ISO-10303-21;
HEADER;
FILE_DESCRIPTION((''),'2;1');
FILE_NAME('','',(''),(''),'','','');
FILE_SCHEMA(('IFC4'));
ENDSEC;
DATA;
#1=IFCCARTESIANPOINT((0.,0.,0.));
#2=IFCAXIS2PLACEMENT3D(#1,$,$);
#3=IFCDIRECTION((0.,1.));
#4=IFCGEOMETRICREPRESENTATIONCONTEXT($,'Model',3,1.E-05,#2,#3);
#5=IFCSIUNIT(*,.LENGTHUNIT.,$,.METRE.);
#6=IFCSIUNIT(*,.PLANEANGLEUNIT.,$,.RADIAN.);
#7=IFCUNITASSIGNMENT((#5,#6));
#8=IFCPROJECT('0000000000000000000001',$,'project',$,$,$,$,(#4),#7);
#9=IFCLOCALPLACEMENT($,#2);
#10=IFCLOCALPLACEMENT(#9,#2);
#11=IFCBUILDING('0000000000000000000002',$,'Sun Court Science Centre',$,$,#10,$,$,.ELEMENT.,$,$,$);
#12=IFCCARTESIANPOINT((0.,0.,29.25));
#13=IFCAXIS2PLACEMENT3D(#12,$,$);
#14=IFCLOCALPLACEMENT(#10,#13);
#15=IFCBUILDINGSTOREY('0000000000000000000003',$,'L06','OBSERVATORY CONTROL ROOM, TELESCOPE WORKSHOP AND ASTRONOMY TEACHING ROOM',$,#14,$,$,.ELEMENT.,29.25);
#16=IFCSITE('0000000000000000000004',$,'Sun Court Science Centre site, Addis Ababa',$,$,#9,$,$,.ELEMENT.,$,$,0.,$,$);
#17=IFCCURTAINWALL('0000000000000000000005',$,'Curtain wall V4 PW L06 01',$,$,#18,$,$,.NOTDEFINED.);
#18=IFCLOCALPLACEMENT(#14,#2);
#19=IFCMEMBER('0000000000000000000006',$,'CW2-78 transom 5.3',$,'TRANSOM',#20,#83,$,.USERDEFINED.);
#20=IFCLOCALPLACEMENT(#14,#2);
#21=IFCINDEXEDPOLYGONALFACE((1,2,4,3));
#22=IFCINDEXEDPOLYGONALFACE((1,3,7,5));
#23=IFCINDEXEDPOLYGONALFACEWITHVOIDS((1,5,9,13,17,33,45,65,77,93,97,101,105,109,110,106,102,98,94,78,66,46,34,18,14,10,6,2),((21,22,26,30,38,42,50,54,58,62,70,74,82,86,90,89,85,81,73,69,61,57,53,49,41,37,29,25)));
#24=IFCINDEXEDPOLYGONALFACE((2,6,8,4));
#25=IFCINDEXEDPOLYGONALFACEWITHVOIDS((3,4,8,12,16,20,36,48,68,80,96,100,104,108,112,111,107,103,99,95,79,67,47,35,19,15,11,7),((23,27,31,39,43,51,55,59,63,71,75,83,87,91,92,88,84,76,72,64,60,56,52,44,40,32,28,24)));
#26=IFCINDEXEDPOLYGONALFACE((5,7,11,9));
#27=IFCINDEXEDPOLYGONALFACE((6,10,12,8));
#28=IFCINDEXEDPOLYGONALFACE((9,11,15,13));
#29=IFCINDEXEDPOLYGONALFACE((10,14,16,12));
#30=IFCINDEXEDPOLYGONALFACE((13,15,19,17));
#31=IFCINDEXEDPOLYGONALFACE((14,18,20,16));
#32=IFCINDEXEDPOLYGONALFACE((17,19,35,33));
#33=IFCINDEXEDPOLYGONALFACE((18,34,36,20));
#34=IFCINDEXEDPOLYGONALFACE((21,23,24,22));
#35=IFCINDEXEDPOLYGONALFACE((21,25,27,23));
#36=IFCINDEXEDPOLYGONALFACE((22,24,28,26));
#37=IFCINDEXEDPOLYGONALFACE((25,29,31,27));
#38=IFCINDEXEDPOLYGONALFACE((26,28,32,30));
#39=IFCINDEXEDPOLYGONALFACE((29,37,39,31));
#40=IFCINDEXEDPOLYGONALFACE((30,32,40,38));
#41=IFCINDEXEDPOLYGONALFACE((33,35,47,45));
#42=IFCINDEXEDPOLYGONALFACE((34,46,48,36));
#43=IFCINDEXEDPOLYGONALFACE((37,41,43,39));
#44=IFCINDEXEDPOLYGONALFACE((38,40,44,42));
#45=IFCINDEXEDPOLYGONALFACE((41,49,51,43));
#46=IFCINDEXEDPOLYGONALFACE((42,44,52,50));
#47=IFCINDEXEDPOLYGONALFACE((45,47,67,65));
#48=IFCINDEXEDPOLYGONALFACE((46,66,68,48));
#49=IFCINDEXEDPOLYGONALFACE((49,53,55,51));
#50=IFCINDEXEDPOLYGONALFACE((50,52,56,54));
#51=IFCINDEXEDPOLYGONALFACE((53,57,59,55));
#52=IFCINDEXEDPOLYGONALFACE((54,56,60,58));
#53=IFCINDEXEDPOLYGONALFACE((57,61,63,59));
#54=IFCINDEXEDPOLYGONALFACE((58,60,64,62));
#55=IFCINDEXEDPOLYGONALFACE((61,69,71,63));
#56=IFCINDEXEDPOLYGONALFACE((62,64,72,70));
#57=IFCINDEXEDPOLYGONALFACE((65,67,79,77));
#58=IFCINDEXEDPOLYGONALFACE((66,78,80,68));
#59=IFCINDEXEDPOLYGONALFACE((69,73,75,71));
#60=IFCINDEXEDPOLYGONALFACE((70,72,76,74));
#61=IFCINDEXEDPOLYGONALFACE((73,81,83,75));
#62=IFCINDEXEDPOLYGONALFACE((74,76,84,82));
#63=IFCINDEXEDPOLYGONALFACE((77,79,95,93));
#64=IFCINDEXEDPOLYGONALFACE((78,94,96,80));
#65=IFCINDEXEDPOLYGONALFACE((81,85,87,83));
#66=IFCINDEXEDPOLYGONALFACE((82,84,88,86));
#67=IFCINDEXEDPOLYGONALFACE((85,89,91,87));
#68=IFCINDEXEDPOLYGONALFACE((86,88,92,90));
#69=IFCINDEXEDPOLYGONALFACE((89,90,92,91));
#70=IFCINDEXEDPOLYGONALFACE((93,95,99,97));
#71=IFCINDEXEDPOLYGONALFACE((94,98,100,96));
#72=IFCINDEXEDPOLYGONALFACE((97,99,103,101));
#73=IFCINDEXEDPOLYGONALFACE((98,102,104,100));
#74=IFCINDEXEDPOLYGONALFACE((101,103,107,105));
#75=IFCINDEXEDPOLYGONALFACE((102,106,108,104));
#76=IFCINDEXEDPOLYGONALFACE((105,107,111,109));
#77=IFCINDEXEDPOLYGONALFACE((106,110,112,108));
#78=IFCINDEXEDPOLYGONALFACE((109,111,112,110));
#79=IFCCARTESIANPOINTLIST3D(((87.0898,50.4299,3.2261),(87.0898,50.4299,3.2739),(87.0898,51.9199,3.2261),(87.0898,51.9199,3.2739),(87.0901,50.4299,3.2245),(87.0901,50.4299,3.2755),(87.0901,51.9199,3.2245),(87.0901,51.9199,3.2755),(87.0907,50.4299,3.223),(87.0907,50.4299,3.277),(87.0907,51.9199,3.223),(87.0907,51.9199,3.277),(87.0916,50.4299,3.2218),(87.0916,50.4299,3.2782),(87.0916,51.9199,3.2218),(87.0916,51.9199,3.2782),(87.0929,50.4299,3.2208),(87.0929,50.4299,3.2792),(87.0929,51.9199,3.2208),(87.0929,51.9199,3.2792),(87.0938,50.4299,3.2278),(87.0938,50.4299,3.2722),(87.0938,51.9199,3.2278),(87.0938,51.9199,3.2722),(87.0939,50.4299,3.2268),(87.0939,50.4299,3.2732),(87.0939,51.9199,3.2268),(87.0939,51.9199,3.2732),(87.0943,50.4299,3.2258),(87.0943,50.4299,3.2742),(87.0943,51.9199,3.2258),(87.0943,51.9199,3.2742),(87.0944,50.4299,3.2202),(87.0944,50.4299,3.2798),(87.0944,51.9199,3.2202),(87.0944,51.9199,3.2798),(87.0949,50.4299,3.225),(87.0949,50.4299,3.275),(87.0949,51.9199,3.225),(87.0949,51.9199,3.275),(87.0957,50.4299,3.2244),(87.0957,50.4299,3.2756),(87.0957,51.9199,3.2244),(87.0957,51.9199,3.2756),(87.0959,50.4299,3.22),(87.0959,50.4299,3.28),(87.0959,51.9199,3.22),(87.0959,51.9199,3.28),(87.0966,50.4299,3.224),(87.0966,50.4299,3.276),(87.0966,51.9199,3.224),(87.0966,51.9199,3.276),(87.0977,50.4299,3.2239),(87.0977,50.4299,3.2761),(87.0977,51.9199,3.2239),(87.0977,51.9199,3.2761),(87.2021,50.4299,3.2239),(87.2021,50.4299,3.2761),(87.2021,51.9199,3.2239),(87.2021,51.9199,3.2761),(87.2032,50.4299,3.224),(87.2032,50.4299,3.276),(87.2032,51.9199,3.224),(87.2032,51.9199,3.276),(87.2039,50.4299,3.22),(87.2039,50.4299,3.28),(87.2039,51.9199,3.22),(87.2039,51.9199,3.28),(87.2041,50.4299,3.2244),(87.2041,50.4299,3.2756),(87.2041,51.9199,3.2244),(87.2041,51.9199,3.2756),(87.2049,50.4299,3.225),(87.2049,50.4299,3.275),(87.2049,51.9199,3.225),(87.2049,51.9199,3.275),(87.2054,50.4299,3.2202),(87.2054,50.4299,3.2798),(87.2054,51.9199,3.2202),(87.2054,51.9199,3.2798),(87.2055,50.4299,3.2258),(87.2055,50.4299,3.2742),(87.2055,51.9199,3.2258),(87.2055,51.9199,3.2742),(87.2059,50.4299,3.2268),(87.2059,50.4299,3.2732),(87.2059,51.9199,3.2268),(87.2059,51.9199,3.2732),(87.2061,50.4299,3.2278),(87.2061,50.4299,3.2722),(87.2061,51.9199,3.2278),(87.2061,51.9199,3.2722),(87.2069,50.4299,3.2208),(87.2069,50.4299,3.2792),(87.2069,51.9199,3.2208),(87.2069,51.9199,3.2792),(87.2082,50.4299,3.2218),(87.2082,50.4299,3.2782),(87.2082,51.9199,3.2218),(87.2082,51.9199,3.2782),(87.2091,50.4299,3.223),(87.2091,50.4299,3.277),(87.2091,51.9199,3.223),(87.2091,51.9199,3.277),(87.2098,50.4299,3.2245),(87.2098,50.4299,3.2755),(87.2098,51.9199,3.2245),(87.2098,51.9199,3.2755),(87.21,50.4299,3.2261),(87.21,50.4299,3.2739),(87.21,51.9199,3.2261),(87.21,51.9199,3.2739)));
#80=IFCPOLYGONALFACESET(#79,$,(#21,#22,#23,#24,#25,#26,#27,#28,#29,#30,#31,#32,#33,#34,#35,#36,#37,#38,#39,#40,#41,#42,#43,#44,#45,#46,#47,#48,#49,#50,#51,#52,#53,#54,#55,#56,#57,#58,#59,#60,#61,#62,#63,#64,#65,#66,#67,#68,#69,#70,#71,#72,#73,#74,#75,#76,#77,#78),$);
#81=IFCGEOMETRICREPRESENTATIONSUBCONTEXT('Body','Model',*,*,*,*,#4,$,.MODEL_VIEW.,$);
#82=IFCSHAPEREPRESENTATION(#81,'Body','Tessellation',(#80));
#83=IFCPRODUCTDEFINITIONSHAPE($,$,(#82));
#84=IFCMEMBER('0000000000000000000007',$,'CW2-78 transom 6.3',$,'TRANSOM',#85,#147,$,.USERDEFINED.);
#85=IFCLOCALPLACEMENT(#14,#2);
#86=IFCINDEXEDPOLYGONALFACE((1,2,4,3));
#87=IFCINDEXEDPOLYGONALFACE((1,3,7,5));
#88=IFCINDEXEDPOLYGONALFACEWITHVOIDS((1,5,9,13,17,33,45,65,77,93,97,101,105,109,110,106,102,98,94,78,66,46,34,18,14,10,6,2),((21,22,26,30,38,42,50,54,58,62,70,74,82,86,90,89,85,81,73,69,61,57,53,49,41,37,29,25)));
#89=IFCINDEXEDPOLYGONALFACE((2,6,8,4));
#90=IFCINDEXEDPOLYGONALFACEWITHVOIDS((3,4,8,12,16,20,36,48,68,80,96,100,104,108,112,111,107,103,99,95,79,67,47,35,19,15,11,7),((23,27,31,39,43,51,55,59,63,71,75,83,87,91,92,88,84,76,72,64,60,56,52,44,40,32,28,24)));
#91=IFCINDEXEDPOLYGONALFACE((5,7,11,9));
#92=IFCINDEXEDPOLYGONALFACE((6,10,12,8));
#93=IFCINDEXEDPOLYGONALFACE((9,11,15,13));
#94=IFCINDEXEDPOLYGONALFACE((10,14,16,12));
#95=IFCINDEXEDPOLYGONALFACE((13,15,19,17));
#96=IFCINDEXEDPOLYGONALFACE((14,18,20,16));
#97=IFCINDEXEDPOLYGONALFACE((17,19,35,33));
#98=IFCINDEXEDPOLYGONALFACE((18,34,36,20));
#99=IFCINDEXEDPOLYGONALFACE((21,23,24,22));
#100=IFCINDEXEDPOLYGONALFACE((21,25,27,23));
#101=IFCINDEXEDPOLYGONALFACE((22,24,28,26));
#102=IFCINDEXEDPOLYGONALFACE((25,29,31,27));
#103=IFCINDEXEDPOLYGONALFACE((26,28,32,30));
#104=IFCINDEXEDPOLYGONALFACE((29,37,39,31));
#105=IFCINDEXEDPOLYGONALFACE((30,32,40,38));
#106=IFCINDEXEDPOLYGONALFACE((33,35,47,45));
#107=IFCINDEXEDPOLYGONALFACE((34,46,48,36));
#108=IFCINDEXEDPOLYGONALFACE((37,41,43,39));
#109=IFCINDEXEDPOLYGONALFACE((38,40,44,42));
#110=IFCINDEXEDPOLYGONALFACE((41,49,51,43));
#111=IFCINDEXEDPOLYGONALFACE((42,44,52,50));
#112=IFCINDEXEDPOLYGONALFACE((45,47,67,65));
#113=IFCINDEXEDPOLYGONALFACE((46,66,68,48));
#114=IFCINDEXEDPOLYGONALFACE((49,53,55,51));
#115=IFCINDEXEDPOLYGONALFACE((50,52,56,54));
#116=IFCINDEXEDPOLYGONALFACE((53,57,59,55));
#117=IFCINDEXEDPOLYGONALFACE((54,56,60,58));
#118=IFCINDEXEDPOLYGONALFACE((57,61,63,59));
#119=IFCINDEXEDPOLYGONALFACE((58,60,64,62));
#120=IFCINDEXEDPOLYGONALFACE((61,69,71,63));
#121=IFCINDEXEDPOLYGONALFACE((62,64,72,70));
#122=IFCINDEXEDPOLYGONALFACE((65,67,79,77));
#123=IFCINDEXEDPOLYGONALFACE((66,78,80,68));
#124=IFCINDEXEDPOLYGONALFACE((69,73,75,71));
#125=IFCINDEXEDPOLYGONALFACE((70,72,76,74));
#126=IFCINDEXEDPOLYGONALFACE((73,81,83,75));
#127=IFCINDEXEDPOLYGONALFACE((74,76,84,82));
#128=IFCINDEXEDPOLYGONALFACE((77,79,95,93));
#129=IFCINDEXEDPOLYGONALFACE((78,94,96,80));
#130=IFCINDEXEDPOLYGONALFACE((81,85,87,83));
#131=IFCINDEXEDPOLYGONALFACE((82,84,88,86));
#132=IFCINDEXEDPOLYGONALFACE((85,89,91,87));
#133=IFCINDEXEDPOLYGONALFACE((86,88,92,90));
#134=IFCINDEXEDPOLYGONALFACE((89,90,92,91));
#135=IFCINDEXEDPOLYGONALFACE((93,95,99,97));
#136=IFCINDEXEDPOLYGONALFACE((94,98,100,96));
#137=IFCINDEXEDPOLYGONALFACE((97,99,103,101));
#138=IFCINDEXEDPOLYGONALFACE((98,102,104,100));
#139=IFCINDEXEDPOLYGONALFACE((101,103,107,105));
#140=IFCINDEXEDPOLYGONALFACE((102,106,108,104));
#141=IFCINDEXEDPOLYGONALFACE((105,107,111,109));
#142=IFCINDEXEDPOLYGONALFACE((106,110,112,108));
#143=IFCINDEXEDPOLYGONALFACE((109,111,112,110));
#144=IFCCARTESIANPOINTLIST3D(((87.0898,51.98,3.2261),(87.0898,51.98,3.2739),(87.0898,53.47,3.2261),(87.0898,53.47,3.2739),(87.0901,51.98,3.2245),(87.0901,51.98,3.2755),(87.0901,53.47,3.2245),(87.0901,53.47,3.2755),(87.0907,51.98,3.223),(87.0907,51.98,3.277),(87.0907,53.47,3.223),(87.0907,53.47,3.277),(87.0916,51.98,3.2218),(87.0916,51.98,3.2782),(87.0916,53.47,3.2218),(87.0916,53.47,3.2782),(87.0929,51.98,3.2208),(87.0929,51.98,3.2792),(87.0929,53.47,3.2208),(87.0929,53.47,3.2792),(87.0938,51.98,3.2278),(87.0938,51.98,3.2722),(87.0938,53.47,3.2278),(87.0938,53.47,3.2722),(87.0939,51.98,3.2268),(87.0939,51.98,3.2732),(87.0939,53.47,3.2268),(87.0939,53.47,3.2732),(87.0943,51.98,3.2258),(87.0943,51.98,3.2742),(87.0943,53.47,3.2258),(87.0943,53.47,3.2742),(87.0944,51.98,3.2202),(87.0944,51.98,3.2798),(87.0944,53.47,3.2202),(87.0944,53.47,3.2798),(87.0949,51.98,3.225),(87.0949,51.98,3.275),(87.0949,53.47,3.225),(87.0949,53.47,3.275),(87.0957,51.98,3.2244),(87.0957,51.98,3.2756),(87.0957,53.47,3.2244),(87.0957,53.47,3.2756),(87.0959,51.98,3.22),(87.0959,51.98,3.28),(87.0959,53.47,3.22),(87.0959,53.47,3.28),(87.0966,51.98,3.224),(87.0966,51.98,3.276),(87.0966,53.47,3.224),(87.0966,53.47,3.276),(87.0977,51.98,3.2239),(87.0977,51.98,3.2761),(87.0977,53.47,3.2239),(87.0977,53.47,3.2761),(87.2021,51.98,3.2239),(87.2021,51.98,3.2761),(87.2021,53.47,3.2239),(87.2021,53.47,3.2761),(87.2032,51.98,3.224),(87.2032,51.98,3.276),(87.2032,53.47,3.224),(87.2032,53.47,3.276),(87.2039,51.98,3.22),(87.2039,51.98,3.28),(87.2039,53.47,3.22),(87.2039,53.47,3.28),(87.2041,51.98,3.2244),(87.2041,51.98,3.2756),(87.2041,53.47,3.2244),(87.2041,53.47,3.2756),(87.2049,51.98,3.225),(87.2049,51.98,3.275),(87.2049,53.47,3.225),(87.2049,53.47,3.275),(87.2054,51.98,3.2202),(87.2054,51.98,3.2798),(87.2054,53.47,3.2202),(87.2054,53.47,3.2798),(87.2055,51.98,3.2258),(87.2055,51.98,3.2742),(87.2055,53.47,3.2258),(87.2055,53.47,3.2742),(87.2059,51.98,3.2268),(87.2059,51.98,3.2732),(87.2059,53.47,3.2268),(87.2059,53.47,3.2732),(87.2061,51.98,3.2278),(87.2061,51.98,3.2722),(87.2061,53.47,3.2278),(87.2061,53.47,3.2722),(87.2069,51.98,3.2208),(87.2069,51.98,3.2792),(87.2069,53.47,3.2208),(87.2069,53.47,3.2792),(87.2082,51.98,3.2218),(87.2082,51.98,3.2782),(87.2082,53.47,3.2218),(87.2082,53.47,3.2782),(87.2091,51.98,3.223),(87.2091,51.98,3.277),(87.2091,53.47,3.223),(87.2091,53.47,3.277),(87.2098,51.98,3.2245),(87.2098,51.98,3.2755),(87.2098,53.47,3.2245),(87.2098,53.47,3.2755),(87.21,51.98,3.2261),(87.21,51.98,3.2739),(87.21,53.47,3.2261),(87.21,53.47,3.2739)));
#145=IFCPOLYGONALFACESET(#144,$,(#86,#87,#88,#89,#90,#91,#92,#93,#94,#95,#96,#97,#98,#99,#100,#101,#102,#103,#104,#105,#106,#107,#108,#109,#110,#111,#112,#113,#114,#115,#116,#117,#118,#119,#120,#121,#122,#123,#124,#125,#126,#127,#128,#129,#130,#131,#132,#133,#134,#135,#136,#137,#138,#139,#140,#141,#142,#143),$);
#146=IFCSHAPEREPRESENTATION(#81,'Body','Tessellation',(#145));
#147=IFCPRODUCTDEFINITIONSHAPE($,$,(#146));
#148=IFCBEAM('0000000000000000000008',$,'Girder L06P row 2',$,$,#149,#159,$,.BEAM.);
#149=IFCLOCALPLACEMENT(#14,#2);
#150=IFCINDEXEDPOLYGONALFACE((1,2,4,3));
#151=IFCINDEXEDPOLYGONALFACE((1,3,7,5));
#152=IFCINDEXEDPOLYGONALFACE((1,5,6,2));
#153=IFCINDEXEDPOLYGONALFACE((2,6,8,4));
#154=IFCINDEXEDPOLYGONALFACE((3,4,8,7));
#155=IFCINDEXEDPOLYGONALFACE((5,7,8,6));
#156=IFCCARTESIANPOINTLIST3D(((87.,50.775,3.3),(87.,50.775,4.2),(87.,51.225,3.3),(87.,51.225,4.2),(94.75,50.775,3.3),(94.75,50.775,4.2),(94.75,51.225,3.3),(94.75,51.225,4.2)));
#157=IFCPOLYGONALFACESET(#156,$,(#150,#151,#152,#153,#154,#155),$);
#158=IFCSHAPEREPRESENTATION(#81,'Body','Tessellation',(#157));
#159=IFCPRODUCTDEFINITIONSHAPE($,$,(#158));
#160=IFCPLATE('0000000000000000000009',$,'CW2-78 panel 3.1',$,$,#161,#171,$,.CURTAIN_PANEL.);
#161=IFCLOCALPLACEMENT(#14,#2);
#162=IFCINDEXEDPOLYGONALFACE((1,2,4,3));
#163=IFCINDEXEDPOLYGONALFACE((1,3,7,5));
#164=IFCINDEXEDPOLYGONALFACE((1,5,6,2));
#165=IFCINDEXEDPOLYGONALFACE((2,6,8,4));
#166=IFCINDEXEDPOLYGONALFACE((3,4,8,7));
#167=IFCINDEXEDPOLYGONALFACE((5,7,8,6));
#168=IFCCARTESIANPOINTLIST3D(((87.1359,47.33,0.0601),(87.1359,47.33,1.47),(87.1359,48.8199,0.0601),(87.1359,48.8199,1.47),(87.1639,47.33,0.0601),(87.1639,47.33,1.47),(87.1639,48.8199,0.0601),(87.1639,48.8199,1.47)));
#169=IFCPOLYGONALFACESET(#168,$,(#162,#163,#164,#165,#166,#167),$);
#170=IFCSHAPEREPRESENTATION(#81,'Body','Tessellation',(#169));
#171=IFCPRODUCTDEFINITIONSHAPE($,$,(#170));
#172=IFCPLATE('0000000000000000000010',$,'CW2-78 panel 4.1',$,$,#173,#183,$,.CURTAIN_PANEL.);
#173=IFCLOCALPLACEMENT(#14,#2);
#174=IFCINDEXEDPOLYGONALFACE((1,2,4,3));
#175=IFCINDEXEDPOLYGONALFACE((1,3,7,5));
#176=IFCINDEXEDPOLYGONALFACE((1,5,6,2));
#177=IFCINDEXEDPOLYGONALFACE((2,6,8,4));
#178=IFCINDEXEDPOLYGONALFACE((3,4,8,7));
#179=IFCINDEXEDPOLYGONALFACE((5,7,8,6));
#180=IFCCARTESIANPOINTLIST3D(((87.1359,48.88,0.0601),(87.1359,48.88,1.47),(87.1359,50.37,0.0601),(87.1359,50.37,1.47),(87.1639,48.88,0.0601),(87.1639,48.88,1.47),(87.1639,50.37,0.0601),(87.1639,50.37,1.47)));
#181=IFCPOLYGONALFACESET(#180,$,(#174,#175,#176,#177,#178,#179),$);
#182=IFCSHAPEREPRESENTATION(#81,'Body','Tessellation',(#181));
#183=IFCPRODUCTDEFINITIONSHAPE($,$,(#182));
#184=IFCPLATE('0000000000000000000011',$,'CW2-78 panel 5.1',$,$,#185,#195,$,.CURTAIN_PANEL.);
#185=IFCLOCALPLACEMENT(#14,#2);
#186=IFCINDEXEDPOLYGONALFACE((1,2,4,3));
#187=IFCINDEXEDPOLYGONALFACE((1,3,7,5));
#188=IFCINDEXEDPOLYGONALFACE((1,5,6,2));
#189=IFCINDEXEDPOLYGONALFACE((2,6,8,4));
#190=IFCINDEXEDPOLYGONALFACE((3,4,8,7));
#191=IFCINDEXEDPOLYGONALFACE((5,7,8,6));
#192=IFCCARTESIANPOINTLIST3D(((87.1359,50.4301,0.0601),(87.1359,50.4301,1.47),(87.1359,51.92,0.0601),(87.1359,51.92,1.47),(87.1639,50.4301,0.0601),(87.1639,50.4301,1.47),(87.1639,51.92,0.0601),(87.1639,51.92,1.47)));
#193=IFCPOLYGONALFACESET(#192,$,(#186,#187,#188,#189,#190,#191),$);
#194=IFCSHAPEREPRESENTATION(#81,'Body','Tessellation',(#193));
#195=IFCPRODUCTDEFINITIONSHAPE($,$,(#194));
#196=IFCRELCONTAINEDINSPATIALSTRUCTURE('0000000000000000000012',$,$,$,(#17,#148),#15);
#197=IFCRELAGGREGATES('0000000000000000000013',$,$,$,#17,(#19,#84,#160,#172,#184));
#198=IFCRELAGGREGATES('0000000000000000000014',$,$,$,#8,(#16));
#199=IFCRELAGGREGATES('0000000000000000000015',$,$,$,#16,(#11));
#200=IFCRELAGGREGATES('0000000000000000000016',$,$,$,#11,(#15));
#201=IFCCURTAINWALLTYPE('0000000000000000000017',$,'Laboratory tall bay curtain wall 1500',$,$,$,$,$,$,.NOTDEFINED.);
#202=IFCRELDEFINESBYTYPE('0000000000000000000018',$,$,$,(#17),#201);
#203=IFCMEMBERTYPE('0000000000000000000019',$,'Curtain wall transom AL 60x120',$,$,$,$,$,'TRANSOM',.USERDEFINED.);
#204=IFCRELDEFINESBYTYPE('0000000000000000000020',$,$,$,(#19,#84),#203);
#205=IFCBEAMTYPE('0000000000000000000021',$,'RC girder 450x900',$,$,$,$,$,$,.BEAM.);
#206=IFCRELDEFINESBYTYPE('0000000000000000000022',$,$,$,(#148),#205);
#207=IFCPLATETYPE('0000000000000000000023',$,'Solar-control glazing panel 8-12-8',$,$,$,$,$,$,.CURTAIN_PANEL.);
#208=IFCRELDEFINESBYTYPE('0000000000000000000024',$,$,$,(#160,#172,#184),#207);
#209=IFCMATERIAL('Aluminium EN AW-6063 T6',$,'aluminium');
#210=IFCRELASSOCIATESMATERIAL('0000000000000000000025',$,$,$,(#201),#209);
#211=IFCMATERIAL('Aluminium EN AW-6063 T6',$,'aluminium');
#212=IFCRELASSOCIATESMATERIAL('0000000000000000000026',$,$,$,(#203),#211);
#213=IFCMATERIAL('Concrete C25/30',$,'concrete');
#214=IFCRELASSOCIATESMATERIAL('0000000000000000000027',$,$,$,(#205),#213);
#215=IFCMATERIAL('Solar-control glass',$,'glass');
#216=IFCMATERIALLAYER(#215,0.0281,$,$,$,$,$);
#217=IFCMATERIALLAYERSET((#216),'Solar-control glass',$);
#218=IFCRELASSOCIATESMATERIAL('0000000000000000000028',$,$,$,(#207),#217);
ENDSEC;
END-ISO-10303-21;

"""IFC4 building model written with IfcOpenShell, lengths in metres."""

from ifc_helpers import new_model, si_unit, direction, frame, origin, origin_2d, place, context, subcontext, project, spatial, rectangle, hollow_rectangle, extrude, material, layer, layer_set, material_profile, profile_set, type_object, element, aggregate, save


model = new_model("IFC4")

# Units and contexts
model_context = context("Model", 3, precision=1e-05, world=origin(), true_north=direction((0.0, 1.0)))
body_context = subcontext(model_context, "Body", "Model", "MODEL_VIEW")
ifc_project = project(units=[si_unit("LENGTHUNIT", "METRE"), si_unit("PLANEANGLEUNIT", "RADIAN")], contexts=[model_context])

# Site, building, storey
site_placement = place(None, origin())
site = spatial("IfcSite", under=ifc_project, at=site_placement, Name="Sun Court Science Centre site, Addis Ababa", CompositionType="ELEMENT", RefElevation=0.0)
building_placement = place(site_placement, origin())
building = spatial("IfcBuilding", under=site, at=building_placement, Name="Sun Court Science Centre", CompositionType="ELEMENT")
storey_placement = place(building_placement, frame((0.0, 0.0, 29.25)))
storey = spatial("IfcBuildingStorey", under=building, at=storey_placement, Name="L06", Description="OBSERVATORY CONTROL ROOM, TELESCOPE WORKSHOP AND ASTRONOMY TEACHING ROOM", CompositionType="ELEMENT", Elevation=29.25)

# Curtain wall, members
ifc_material_1 = material(Name="Aluminium EN AW-6063 T6", Category="aluminium")
curtain_wall_type = type_object("IfcCurtainWallType", Name="Laboratory tall bay curtain wall 1500", PredefinedType="NOTDEFINED", material=ifc_material_1)
curtain_wall_placement = place(storey_placement, origin())
curtain_wall = element("IfcCurtainWall", 1, at=curtain_wall_placement, inside=storey, type_object=curtain_wall_type, Name="Curtain wall V4 PW L06 01", PredefinedType="NOTDEFINED")
ifc_material_2 = material(Name="Aluminium EN AW-6063 T6", Category="aluminium")
ifc_material_profile_1 = material_profile(ifc_material_2, hollow_rectangle(XDim=0.0601, YDim=0.1201, WallThickness=0.0039, InnerFilletRadius=0.0039, OuterFilletRadius=0.0061, at=origin_2d()), Name="AL 60x120x4")
ifc_profile_set_1 = profile_set([ifc_material_profile_1], Name="Aluminium EN AW-6063 T6")
member_type_1 = type_object("IfcMemberType", Name="Curtain wall transom AL 60x120", ElementType="TRANSOM", PredefinedType="USERDEFINED", material=ifc_profile_set_1)
member_1_placement = place(storey_placement, frame((87.1499, 50.4299, 3.25), z_axis=(0.0, 1.0, 0.0), x_axis=(0.0, 0.0, 1.0)))
member_1 = element("IfcMember", 2, at=member_1_placement, type_object=member_type_1, Name="CW2-78 transom 5.3", ObjectType="TRANSOM", PredefinedType="USERDEFINED", context=body_context, shape_type="SweptSolid", body=[
    extrude(hollow_rectangle(XDim=0.0601, YDim=0.1201, WallThickness=0.0039, InnerFilletRadius=0.0039, OuterFilletRadius=0.0061, at=origin_2d()), origin(), (0.0, 0.0, 1.0), 1.49),
])
member_2_placement = place(storey_placement, frame((87.1499, 51.98, 3.25), z_axis=(0.0, 1.0, 0.0), x_axis=(0.0, 0.0, 1.0)))
member_2 = element("IfcMember", 3, at=member_2_placement, type_object=member_type_1, Name="CW2-78 transom 6.3", ObjectType="TRANSOM", PredefinedType="USERDEFINED", context=body_context, shape_type="SweptSolid", body=[
    extrude(hollow_rectangle(XDim=0.0601, YDim=0.1201, WallThickness=0.0039, InnerFilletRadius=0.0039, OuterFilletRadius=0.0061, at=origin_2d()), origin(), (0.0, 0.0, 1.0), 1.49),
])

# Beam
ifc_material_3 = material(Name="Concrete C25/30", Category="concrete")
ifc_material_profile_2 = material_profile(ifc_material_3, rectangle(XDim=0.45, YDim=0.8999, at=origin_2d()), Name="RC 450x900")
ifc_profile_set_2 = profile_set([ifc_material_profile_2], Name="Concrete C25/30")
beam_type = type_object("IfcBeamType", Name="RC girder 450x900", PredefinedType="BEAM", material=ifc_profile_set_2)
beam_placement = place(storey_placement, frame((87.0, 51.0, 3.75), z_axis=(1.0, 0.0, 0.0), x_axis=(0.0, 1.0, 0.0)))
element("IfcBeam", 4, at=beam_placement, inside=storey, type_object=beam_type, Name="Girder L06P row 2", PredefinedType="BEAM", context=body_context, shape_type="SweptSolid", body=[
    extrude(rectangle(XDim=0.45, YDim=0.8999, at=origin_2d()), origin(), (0.0, 0.0, 1.0), 7.75),
])

# Plates
ifc_material_4 = material(Name="Solar-control glass", Category="glass")
ifc_layer_1 = layer(ifc_material_4, 0.0281)
ifc_layer_set_1 = layer_set([ifc_layer_1], Name="Solar-control glass")
plate_type = type_object("IfcPlateType", Name="Solar-control glazing panel 8-12-8", PredefinedType="CURTAIN_PANEL", material=ifc_layer_set_1)
plate_1_placement = place(storey_placement, frame((87.1499, 48.075, 0.0601), z_axis=(0.0, 0.0, 1.0), x_axis=(0.0, 1.0, 0.0)))
plate_1 = element("IfcPlate", 5, at=plate_1_placement, type_object=plate_type, Name="CW2-78 panel 3.1", PredefinedType="CURTAIN_PANEL", context=body_context, shape_type="SweptSolid", body=[
    extrude(rectangle(XDim=1.49, YDim=0.0281, at=origin_2d()), origin(), (0.0, 0.0, 1.0), 1.4099),
])
plate_2_placement = place(storey_placement, frame((87.1499, 49.625, 0.0601), z_axis=(0.0, 0.0, 1.0), x_axis=(0.0, 1.0, 0.0)))
plate_2 = element("IfcPlate", 6, at=plate_2_placement, type_object=plate_type, Name="CW2-78 panel 4.1", PredefinedType="CURTAIN_PANEL", context=body_context, shape_type="SweptSolid", body=[
    extrude(rectangle(XDim=1.49, YDim=0.0281, at=origin_2d()), origin(), (0.0, 0.0, 1.0), 1.4099),
])
plate_3_placement = place(storey_placement, frame((87.1499, 51.175, 0.0601), z_axis=(0.0, 0.0, 1.0), x_axis=(0.0, 1.0, 0.0)))
plate_3 = element("IfcPlate", 7, at=plate_3_placement, type_object=plate_type, Name="CW2-78 panel 5.1", PredefinedType="CURTAIN_PANEL", context=body_context, shape_type="SweptSolid", body=[
    extrude(rectangle(XDim=1.49, YDim=0.0281, at=origin_2d()), origin(), (0.0, 0.0, 1.0), 1.4099),
])
aggregate(curtain_wall, [member_1, member_2, plate_1, plate_2, plate_3])

save(model, "model.ifc")
